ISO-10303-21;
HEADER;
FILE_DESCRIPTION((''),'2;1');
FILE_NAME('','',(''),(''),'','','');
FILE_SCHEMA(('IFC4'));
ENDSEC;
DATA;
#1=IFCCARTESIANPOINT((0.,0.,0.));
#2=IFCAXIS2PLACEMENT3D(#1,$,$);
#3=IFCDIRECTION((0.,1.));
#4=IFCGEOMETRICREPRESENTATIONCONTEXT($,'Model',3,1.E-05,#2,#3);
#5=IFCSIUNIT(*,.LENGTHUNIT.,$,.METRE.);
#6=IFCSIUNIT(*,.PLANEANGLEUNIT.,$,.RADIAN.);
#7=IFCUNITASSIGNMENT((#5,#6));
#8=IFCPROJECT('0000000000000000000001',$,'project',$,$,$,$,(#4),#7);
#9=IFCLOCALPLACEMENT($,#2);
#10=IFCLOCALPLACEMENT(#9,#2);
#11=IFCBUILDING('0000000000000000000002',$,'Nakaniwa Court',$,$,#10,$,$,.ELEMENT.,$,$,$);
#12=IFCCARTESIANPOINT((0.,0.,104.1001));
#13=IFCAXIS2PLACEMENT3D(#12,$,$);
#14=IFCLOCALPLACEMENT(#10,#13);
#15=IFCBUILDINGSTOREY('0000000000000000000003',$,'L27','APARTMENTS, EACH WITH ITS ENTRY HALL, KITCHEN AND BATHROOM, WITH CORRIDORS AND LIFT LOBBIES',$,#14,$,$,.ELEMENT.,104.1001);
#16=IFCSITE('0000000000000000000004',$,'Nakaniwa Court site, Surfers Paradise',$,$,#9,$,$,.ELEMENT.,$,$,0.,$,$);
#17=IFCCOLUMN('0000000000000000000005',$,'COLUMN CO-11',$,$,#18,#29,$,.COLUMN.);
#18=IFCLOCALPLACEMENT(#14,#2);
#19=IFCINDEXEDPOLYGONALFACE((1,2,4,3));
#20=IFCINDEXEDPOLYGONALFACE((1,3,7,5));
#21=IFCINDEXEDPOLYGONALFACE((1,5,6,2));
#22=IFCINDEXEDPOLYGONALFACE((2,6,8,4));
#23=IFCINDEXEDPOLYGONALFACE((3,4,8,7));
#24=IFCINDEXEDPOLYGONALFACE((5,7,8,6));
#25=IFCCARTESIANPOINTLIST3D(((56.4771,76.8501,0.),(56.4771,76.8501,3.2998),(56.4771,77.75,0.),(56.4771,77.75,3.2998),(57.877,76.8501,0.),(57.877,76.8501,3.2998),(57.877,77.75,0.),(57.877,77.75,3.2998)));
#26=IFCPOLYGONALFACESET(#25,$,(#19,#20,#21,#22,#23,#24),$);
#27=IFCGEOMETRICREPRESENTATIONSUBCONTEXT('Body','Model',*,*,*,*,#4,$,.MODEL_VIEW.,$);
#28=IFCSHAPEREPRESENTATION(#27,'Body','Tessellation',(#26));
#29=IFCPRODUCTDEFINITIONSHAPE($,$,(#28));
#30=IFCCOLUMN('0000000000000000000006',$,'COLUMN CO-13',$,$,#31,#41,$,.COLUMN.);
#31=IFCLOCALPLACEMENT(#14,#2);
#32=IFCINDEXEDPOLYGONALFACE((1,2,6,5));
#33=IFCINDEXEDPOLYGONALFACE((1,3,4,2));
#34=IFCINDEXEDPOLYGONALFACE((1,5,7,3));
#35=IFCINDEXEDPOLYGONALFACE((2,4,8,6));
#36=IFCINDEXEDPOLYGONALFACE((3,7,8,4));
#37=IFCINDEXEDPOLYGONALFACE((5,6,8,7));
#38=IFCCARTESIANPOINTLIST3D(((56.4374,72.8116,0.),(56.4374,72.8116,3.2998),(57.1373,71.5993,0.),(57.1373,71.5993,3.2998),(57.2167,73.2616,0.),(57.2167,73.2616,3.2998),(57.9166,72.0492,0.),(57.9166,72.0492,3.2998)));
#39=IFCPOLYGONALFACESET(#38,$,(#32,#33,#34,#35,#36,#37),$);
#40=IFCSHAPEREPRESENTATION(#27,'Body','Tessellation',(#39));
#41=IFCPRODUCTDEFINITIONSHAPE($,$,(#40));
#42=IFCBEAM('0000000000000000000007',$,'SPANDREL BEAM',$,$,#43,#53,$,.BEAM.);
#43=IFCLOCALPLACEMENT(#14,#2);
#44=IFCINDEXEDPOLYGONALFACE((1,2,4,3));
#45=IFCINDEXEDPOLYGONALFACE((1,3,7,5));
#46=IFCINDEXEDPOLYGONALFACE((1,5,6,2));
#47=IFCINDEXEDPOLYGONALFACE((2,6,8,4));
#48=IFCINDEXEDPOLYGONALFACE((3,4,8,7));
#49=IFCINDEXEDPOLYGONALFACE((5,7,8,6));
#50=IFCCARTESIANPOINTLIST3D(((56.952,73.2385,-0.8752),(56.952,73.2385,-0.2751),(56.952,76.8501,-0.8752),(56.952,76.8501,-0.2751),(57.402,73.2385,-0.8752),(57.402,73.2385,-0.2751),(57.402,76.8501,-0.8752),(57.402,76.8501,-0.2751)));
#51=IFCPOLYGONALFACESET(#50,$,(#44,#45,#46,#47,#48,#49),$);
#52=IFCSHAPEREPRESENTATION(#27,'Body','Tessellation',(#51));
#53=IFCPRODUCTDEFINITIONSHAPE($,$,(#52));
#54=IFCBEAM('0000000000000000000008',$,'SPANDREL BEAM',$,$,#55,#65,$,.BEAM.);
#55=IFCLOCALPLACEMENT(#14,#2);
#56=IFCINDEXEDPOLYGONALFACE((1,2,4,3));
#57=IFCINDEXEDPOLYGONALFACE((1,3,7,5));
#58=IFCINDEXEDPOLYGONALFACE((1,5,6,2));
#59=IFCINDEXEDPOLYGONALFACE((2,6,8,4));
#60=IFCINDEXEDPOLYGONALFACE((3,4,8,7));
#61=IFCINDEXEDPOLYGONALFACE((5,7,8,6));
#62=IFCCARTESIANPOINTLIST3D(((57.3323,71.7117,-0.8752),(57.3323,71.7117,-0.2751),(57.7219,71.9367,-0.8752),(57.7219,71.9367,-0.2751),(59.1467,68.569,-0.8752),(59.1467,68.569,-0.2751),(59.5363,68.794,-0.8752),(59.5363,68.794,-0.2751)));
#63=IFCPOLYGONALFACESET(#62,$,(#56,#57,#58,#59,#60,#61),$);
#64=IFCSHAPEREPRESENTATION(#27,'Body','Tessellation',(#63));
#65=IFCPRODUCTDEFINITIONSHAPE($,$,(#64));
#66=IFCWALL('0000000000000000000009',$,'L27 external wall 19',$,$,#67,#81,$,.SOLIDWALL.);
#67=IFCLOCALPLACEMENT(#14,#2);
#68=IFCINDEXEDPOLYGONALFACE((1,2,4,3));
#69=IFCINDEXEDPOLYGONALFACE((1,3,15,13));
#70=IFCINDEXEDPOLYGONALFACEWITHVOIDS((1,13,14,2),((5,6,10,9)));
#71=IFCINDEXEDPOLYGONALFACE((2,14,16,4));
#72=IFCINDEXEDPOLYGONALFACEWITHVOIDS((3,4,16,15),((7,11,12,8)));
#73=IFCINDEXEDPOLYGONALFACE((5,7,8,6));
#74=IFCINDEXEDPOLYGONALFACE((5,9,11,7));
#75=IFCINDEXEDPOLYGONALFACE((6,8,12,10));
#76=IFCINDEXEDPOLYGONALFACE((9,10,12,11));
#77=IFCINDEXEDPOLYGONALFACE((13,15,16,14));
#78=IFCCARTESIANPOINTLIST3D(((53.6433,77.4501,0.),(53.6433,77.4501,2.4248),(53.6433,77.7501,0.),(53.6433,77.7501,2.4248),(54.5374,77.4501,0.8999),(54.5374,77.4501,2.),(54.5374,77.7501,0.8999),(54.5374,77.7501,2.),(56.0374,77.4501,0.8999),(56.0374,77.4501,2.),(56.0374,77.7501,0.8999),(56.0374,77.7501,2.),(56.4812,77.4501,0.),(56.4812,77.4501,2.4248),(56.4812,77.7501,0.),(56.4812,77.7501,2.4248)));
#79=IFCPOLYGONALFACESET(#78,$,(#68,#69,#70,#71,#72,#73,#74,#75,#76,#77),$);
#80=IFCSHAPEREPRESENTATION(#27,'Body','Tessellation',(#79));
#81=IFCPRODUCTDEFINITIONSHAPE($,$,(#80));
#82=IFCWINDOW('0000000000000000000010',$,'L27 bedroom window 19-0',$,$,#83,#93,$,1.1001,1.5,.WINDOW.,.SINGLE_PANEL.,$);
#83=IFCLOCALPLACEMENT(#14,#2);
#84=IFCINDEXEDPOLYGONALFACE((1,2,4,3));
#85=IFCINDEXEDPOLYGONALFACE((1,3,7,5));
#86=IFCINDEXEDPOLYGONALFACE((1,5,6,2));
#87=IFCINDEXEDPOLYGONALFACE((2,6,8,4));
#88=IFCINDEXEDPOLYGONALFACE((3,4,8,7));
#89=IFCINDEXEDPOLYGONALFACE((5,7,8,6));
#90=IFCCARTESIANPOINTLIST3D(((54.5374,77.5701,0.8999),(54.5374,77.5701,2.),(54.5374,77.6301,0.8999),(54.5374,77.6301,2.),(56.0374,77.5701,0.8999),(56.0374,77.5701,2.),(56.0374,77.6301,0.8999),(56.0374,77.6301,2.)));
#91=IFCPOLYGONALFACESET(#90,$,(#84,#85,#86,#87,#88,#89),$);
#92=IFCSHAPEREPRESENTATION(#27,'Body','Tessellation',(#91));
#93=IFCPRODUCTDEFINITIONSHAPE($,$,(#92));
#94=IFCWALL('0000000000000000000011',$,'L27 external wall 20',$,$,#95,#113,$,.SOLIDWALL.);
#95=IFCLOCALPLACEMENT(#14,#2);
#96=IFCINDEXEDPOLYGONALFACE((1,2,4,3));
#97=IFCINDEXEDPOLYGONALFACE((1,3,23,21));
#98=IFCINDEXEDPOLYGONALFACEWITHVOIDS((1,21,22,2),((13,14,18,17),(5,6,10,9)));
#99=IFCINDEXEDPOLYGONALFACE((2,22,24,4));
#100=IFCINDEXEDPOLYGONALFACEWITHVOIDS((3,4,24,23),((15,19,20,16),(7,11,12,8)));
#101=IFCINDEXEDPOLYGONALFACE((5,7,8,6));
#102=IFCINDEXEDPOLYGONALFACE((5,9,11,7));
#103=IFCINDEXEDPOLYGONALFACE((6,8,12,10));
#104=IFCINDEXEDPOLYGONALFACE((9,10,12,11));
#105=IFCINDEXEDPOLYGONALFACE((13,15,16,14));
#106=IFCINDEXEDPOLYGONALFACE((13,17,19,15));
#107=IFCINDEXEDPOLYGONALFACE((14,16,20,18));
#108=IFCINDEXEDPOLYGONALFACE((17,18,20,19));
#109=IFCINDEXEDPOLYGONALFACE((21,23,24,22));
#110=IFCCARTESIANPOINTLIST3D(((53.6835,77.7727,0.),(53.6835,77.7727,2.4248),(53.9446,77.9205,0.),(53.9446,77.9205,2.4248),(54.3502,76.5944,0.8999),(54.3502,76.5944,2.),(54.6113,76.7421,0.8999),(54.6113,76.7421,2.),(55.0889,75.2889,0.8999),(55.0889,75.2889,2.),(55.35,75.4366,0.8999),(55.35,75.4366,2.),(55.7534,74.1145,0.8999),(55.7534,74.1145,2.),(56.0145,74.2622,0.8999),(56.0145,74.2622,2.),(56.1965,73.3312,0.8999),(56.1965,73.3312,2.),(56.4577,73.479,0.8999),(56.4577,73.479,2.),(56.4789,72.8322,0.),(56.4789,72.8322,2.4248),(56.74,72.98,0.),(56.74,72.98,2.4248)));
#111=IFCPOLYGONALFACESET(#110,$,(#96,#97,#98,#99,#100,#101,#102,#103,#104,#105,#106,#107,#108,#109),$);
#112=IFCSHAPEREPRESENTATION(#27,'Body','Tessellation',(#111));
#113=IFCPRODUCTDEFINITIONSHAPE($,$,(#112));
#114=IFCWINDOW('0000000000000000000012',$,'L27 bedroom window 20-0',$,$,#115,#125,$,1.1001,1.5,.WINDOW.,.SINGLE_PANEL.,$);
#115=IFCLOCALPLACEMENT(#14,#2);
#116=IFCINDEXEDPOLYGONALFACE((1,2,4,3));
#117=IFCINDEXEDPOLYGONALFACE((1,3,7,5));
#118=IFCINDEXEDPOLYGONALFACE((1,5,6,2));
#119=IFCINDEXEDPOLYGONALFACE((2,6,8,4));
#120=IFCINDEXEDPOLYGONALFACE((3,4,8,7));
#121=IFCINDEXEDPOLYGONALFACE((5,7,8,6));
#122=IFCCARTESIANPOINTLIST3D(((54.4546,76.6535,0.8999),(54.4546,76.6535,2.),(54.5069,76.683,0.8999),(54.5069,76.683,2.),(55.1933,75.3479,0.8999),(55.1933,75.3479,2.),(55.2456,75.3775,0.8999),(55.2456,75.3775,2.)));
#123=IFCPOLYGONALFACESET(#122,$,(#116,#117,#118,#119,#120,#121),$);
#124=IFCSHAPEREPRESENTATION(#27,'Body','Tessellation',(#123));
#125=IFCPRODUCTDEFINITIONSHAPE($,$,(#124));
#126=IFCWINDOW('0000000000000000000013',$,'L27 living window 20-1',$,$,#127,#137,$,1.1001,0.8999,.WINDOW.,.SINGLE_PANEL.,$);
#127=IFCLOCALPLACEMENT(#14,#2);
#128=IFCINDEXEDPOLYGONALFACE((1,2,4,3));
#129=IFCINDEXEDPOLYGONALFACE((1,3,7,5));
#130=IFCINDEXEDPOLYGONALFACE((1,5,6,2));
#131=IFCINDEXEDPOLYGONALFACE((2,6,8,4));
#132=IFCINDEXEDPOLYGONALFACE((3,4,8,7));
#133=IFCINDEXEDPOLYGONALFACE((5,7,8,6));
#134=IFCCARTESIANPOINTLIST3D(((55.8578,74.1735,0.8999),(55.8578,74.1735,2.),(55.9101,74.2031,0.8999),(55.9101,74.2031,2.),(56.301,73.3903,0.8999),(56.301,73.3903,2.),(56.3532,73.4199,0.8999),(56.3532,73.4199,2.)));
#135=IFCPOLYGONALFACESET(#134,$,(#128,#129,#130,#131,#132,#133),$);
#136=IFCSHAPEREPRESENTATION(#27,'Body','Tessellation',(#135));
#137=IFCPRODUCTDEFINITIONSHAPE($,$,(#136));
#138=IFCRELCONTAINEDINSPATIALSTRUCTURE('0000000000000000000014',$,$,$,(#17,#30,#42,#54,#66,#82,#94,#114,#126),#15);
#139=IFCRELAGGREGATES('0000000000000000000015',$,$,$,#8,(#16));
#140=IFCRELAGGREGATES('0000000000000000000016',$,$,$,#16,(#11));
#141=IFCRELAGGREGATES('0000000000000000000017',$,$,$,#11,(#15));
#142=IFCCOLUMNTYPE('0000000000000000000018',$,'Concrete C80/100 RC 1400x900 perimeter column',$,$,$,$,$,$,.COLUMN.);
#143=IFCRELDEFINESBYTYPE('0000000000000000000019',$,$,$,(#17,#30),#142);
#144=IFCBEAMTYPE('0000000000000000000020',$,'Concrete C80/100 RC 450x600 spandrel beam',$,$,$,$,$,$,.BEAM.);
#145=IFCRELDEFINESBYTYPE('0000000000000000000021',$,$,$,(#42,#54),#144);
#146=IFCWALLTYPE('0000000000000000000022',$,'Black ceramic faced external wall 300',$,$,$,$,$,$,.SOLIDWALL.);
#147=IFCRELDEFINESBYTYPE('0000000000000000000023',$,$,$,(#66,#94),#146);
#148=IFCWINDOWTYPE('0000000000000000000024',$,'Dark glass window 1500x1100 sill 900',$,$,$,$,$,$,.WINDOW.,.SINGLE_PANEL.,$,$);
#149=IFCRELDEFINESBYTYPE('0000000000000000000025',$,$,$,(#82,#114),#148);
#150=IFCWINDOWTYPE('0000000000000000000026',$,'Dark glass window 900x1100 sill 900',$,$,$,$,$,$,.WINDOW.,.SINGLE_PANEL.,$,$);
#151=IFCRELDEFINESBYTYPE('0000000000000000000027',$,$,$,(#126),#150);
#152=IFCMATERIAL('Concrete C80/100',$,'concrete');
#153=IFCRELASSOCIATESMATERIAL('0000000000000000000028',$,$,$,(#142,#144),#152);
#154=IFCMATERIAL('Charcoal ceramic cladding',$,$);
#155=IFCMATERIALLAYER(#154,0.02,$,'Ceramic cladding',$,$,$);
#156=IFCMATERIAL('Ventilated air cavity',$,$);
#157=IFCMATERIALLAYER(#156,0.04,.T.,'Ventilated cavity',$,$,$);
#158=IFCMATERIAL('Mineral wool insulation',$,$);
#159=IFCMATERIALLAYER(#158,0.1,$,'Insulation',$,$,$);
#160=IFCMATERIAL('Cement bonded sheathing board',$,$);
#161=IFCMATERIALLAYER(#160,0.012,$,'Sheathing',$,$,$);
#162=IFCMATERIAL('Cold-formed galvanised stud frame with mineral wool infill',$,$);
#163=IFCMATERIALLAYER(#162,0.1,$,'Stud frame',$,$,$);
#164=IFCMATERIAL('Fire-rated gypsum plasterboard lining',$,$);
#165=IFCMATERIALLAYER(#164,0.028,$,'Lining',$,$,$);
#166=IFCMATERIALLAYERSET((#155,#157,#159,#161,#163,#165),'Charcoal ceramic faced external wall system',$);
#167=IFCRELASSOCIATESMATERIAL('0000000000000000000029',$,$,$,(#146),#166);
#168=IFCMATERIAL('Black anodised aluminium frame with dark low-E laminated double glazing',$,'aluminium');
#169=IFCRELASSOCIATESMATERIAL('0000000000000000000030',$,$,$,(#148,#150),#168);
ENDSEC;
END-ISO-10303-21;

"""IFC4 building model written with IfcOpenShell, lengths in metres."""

from ifc_helpers import new_model, si_unit, direction, frame, frame_2d, origin, origin_2d, place, context, subcontext, project, spatial, rectangle, extrude, material, layer, layer_set, material_profile, profile_set, type_object, element, fill, save


model = new_model("IFC4")

# Units and contexts
model_context = context("Model", 3, precision=1e-05, world=origin(), true_north=direction((0.0, 1.0)))
body_context = subcontext(model_context, "Body", "Model", "MODEL_VIEW")
ifc_project = project(units=[si_unit("LENGTHUNIT", "METRE"), si_unit("PLANEANGLEUNIT", "RADIAN")], contexts=[model_context])

# Site, building, storey
site_placement = place(None, origin())
site = spatial("IfcSite", under=ifc_project, at=site_placement, Name="Nakaniwa Court site, Surfers Paradise", CompositionType="ELEMENT", RefElevation=0.0)
building_placement = place(site_placement, origin())
building = spatial("IfcBuilding", under=site, at=building_placement, Name="Nakaniwa Court", CompositionType="ELEMENT")
storey_placement = place(building_placement, frame((0.0, 0.0, 104.1001)))
storey = spatial("IfcBuildingStorey", under=building, at=storey_placement, Name="L27", Description="APARTMENTS, EACH WITH ITS ENTRY HALL, KITCHEN AND BATHROOM, WITH CORRIDORS AND LIFT LOBBIES", CompositionType="ELEMENT", Elevation=104.1001)

# Columns
ifc_material_1 = material(Name="Concrete C80/100", Category="concrete")
ifc_material_profile_1 = material_profile(ifc_material_1, rectangle(XDim=1.3999, YDim=0.8999, at=origin_2d()), Name="Concrete C80/100 RC 1400x900 perimeter column")
ifc_profile_set_1 = profile_set([ifc_material_profile_1], Name="Concrete C80/100")
column_type = type_object("IfcColumnType", Name="Concrete C80/100 RC 1400x900 perimeter column", PredefinedType="COLUMN", material=ifc_profile_set_1)
for number, where, z_axis, x_axis, name in (
    (1, (57.177, 77.3, 0.0), (0.0, 0.0, 1.0), (-1.0, 0.0, 0.0), "COLUMN CO-11"),
    (2, (57.177, 72.4304, 0.0), (0.0, 0.0, 1.0), (0.5, -0.866025, 0.0), "COLUMN CO-13"),
):
    element("IfcColumn", number, at=place(storey_placement, frame(where, z_axis=z_axis, x_axis=x_axis)), inside=storey, type_object=column_type, Name=name, PredefinedType="COLUMN", context=body_context, shape_type="SweptSolid", body=[
        extrude(rectangle(XDim=1.3999, YDim=0.8999, at=origin_2d()), origin(), (0.0, 0.0, 1.0), 3.2998),
    ])

# Beams
ifc_material_profile_2 = material_profile(ifc_material_1, rectangle(XDim=0.45, YDim=0.6001, at=origin_2d()), Name="Concrete C80/100 RC 450x600 spandrel beam")
ifc_profile_set_2 = profile_set([ifc_material_profile_2], Name="Concrete C80/100")
beam_type = type_object("IfcBeamType", Name="Concrete C80/100 RC 450x600 spandrel beam", PredefinedType="BEAM", material=ifc_profile_set_2)
beam_1_placement = place(storey_placement, frame((57.177, 76.8501, -0.5752), z_axis=(0.0, -1.0, 0.0), x_axis=(1.0, 0.0, 0.0)))
element("IfcBeam", 3, at=beam_1_placement, inside=storey, type_object=beam_type, Name="SPANDREL BEAM", PredefinedType="BEAM", context=body_context, shape_type="SweptSolid", body=[
    extrude(rectangle(XDim=0.45, YDim=0.6001, at=origin_2d()), origin(), (0.0, 0.0, 1.0), 3.6116),
])
beam_2_placement = place(storey_placement, frame((57.5271, 71.8242, -0.5752), z_axis=(0.499988, -0.866032, 0.0), x_axis=(0.866032, 0.499988, 0.0)))
element("IfcBeam", 4, at=beam_2_placement, inside=storey, type_object=beam_type, Name="SPANDREL BEAM", PredefinedType="BEAM", context=body_context, shape_type="SweptSolid", body=[
    extrude(rectangle(XDim=0.45, YDim=0.6001, at=origin_2d()), origin(), (0.0, 0.0, 1.0), 3.6289),
])

# Wall, opening, window
ifc_material_2 = material(Name="Charcoal ceramic cladding")
ifc_layer_1 = layer(ifc_material_2, 0.02, Name="Ceramic cladding")
ifc_material_3 = material(Name="Ventilated air cavity")
ifc_layer_2 = layer(ifc_material_3, 0.04, ventilated=True, Name="Ventilated cavity")
ifc_material_4 = material(Name="Mineral wool insulation")
ifc_layer_3 = layer(ifc_material_4, 0.1, Name="Insulation")
ifc_material_5 = material(Name="Cement bonded sheathing board")
ifc_layer_4 = layer(ifc_material_5, 0.012, Name="Sheathing")
ifc_material_6 = material(Name="Cold-formed galvanised stud frame with mineral wool infill")
ifc_layer_5 = layer(ifc_material_6, 0.1, Name="Stud frame")
ifc_material_7 = material(Name="Fire-rated gypsum plasterboard lining")
ifc_layer_6 = layer(ifc_material_7, 0.028, Name="Lining")
ifc_layer_set_1 = layer_set([ifc_layer_1, ifc_layer_2, ifc_layer_3, ifc_layer_4, ifc_layer_5, ifc_layer_6], Name="Charcoal ceramic faced external wall system")
wall_type_1 = type_object("IfcWallType", Name="Black ceramic faced external wall 300", PredefinedType="SOLIDWALL", material=ifc_layer_set_1)
wall_1_placement = place(storey_placement, frame((56.4812, 77.6001, 0.0), z_axis=(0.0, 0.0, 1.0), x_axis=(-1.0, 0.0, 0.0)))
wall_1 = element("IfcWall", 5, at=wall_1_placement, inside=storey, type_object=wall_type_1, Name="L27 external wall 19", PredefinedType="SOLIDWALL", context=body_context, shape_type="SweptSolid", body=[
    extrude(rectangle(XDim=2.8379, YDim=0.3, at=frame_2d((1.4189, 0.0))), origin(), (0.0, 0.0, 1.0), 2.4248),
])
opening_1_placement = place(wall_1_placement, frame((0.4438, 0.0, 0.8999)))
opening_1 = element("IfcOpeningElement", 6, at=opening_1_placement, cuts=wall_1, PredefinedType="OPENING", context=body_context, shape_type="SweptSolid", body=[
    extrude(rectangle(XDim=1.5, YDim=1.1001, at=frame_2d((0.75, 0.55))), frame((0.0, 0.1599, 0.0), z_axis=(0.0, -1.0, 0.0), x_axis=(1.0, 0.0, 0.0)), (0.0, 0.0, 1.0), 0.3201),
])
ifc_material_8 = material(Name="Black anodised aluminium frame with dark low-E laminated double glazing", Category="aluminium")
window_type_1 = type_object("IfcWindowType", Name="Dark glass window 1500x1100 sill 900", PartitioningType="SINGLE_PANEL", PredefinedType="WINDOW", material=ifc_material_8)
window_1_placement = place(opening_1_placement, origin())
window_1 = element("IfcWindow", 7, at=window_1_placement, inside=storey, type_object=window_type_1, Name="L27 bedroom window 19-0", OverallHeight=1.1001, OverallWidth=1.5, PartitioningType="SINGLE_PANEL", PredefinedType="WINDOW", context=body_context, shape_type="SweptSolid", body=[
    extrude(rectangle(XDim=1.5, YDim=1.1001, at=frame_2d((0.75, 0.55))), frame((0.0, 0.03, 0.0), z_axis=(0.0, -1.0, 0.0), x_axis=(1.0, 0.0, 0.0)), (0.0, 0.0, 1.0), 0.0601),
])
fill(opening_1, window_1)

# Wall, openings, windows
wall_2_placement = place(storey_placement, frame((53.814, 77.8467, 0.0), z_axis=(0.0, 0.0, 1.0), x_axis=(0.492457, -0.870337, 0.0)))
wall_2 = element("IfcWall", 8, at=wall_2_placement, inside=storey, type_object=wall_type_1, Name="L27 external wall 20", PredefinedType="SOLIDWALL", context=body_context, shape_type="SweptSolid", body=[
    extrude(rectangle(XDim=5.6765, YDim=0.3, at=frame_2d((2.8384, 0.0))), origin(), (0.0, 0.0, 1.0), 2.4248),
])
opening_2_placement = place(wall_2_placement, frame((1.354, 0.0, 0.8999)))
opening_2 = element("IfcOpeningElement", 9, at=opening_2_placement, cuts=wall_2, PredefinedType="OPENING", context=body_context, shape_type="SweptSolid", body=[
    extrude(rectangle(XDim=1.5, YDim=1.1001, at=frame_2d((0.75, 0.55))), frame((0.0, 0.1599, 0.0), z_axis=(0.0, -1.0, 0.0), x_axis=(1.0, 0.0, 0.0)), (0.0, 0.0, 1.0), 0.3201),
])
opening_3_placement = place(wall_2_placement, frame((4.2034, 0.0, 0.8999)))
opening_3 = element("IfcOpeningElement", 10, at=opening_3_placement, cuts=wall_2, PredefinedType="OPENING", context=body_context, shape_type="SweptSolid", body=[
    extrude(rectangle(XDim=0.8999, YDim=1.1001, at=frame_2d((0.45, 0.55))), frame((0.0, 0.1599, 0.0), z_axis=(0.0, -1.0, 0.0), x_axis=(1.0, 0.0, 0.0)), (0.0, 0.0, 1.0), 0.3201),
])
window_2_placement = place(opening_2_placement, origin())
window_2 = element("IfcWindow", 11, at=window_2_placement, inside=storey, type_object=window_type_1, Name="L27 bedroom window 20-0", OverallHeight=1.1001, OverallWidth=1.5, PartitioningType="SINGLE_PANEL", PredefinedType="WINDOW", context=body_context, shape_type="SweptSolid", body=[
    extrude(rectangle(XDim=1.5, YDim=1.1001, at=frame_2d((0.75, 0.55))), frame((0.0, 0.03, 0.0), z_axis=(0.0, -1.0, 0.0), x_axis=(1.0, 0.0, 0.0)), (0.0, 0.0, 1.0), 0.0601),
])
fill(opening_2, window_2)
window_type_2 = type_object("IfcWindowType", Name="Dark glass window 900x1100 sill 900", PartitioningType="SINGLE_PANEL", PredefinedType="WINDOW", material=ifc_material_8)
window_3_placement = place(opening_3_placement, origin())
window_3 = element("IfcWindow", 12, at=window_3_placement, inside=storey, type_object=window_type_2, Name="L27 living window 20-1", OverallHeight=1.1001, OverallWidth=0.8999, PartitioningType="SINGLE_PANEL", PredefinedType="WINDOW", context=body_context, shape_type="SweptSolid", body=[
    extrude(rectangle(XDim=0.8999, YDim=1.1001, at=frame_2d((0.45, 0.55))), frame((0.0, 0.03, 0.0), z_axis=(0.0, -1.0, 0.0), x_axis=(1.0, 0.0, 0.0)), (0.0, 0.0, 1.0), 0.0601),
])
fill(opening_3, window_3)

save(model, "model.ifc")
